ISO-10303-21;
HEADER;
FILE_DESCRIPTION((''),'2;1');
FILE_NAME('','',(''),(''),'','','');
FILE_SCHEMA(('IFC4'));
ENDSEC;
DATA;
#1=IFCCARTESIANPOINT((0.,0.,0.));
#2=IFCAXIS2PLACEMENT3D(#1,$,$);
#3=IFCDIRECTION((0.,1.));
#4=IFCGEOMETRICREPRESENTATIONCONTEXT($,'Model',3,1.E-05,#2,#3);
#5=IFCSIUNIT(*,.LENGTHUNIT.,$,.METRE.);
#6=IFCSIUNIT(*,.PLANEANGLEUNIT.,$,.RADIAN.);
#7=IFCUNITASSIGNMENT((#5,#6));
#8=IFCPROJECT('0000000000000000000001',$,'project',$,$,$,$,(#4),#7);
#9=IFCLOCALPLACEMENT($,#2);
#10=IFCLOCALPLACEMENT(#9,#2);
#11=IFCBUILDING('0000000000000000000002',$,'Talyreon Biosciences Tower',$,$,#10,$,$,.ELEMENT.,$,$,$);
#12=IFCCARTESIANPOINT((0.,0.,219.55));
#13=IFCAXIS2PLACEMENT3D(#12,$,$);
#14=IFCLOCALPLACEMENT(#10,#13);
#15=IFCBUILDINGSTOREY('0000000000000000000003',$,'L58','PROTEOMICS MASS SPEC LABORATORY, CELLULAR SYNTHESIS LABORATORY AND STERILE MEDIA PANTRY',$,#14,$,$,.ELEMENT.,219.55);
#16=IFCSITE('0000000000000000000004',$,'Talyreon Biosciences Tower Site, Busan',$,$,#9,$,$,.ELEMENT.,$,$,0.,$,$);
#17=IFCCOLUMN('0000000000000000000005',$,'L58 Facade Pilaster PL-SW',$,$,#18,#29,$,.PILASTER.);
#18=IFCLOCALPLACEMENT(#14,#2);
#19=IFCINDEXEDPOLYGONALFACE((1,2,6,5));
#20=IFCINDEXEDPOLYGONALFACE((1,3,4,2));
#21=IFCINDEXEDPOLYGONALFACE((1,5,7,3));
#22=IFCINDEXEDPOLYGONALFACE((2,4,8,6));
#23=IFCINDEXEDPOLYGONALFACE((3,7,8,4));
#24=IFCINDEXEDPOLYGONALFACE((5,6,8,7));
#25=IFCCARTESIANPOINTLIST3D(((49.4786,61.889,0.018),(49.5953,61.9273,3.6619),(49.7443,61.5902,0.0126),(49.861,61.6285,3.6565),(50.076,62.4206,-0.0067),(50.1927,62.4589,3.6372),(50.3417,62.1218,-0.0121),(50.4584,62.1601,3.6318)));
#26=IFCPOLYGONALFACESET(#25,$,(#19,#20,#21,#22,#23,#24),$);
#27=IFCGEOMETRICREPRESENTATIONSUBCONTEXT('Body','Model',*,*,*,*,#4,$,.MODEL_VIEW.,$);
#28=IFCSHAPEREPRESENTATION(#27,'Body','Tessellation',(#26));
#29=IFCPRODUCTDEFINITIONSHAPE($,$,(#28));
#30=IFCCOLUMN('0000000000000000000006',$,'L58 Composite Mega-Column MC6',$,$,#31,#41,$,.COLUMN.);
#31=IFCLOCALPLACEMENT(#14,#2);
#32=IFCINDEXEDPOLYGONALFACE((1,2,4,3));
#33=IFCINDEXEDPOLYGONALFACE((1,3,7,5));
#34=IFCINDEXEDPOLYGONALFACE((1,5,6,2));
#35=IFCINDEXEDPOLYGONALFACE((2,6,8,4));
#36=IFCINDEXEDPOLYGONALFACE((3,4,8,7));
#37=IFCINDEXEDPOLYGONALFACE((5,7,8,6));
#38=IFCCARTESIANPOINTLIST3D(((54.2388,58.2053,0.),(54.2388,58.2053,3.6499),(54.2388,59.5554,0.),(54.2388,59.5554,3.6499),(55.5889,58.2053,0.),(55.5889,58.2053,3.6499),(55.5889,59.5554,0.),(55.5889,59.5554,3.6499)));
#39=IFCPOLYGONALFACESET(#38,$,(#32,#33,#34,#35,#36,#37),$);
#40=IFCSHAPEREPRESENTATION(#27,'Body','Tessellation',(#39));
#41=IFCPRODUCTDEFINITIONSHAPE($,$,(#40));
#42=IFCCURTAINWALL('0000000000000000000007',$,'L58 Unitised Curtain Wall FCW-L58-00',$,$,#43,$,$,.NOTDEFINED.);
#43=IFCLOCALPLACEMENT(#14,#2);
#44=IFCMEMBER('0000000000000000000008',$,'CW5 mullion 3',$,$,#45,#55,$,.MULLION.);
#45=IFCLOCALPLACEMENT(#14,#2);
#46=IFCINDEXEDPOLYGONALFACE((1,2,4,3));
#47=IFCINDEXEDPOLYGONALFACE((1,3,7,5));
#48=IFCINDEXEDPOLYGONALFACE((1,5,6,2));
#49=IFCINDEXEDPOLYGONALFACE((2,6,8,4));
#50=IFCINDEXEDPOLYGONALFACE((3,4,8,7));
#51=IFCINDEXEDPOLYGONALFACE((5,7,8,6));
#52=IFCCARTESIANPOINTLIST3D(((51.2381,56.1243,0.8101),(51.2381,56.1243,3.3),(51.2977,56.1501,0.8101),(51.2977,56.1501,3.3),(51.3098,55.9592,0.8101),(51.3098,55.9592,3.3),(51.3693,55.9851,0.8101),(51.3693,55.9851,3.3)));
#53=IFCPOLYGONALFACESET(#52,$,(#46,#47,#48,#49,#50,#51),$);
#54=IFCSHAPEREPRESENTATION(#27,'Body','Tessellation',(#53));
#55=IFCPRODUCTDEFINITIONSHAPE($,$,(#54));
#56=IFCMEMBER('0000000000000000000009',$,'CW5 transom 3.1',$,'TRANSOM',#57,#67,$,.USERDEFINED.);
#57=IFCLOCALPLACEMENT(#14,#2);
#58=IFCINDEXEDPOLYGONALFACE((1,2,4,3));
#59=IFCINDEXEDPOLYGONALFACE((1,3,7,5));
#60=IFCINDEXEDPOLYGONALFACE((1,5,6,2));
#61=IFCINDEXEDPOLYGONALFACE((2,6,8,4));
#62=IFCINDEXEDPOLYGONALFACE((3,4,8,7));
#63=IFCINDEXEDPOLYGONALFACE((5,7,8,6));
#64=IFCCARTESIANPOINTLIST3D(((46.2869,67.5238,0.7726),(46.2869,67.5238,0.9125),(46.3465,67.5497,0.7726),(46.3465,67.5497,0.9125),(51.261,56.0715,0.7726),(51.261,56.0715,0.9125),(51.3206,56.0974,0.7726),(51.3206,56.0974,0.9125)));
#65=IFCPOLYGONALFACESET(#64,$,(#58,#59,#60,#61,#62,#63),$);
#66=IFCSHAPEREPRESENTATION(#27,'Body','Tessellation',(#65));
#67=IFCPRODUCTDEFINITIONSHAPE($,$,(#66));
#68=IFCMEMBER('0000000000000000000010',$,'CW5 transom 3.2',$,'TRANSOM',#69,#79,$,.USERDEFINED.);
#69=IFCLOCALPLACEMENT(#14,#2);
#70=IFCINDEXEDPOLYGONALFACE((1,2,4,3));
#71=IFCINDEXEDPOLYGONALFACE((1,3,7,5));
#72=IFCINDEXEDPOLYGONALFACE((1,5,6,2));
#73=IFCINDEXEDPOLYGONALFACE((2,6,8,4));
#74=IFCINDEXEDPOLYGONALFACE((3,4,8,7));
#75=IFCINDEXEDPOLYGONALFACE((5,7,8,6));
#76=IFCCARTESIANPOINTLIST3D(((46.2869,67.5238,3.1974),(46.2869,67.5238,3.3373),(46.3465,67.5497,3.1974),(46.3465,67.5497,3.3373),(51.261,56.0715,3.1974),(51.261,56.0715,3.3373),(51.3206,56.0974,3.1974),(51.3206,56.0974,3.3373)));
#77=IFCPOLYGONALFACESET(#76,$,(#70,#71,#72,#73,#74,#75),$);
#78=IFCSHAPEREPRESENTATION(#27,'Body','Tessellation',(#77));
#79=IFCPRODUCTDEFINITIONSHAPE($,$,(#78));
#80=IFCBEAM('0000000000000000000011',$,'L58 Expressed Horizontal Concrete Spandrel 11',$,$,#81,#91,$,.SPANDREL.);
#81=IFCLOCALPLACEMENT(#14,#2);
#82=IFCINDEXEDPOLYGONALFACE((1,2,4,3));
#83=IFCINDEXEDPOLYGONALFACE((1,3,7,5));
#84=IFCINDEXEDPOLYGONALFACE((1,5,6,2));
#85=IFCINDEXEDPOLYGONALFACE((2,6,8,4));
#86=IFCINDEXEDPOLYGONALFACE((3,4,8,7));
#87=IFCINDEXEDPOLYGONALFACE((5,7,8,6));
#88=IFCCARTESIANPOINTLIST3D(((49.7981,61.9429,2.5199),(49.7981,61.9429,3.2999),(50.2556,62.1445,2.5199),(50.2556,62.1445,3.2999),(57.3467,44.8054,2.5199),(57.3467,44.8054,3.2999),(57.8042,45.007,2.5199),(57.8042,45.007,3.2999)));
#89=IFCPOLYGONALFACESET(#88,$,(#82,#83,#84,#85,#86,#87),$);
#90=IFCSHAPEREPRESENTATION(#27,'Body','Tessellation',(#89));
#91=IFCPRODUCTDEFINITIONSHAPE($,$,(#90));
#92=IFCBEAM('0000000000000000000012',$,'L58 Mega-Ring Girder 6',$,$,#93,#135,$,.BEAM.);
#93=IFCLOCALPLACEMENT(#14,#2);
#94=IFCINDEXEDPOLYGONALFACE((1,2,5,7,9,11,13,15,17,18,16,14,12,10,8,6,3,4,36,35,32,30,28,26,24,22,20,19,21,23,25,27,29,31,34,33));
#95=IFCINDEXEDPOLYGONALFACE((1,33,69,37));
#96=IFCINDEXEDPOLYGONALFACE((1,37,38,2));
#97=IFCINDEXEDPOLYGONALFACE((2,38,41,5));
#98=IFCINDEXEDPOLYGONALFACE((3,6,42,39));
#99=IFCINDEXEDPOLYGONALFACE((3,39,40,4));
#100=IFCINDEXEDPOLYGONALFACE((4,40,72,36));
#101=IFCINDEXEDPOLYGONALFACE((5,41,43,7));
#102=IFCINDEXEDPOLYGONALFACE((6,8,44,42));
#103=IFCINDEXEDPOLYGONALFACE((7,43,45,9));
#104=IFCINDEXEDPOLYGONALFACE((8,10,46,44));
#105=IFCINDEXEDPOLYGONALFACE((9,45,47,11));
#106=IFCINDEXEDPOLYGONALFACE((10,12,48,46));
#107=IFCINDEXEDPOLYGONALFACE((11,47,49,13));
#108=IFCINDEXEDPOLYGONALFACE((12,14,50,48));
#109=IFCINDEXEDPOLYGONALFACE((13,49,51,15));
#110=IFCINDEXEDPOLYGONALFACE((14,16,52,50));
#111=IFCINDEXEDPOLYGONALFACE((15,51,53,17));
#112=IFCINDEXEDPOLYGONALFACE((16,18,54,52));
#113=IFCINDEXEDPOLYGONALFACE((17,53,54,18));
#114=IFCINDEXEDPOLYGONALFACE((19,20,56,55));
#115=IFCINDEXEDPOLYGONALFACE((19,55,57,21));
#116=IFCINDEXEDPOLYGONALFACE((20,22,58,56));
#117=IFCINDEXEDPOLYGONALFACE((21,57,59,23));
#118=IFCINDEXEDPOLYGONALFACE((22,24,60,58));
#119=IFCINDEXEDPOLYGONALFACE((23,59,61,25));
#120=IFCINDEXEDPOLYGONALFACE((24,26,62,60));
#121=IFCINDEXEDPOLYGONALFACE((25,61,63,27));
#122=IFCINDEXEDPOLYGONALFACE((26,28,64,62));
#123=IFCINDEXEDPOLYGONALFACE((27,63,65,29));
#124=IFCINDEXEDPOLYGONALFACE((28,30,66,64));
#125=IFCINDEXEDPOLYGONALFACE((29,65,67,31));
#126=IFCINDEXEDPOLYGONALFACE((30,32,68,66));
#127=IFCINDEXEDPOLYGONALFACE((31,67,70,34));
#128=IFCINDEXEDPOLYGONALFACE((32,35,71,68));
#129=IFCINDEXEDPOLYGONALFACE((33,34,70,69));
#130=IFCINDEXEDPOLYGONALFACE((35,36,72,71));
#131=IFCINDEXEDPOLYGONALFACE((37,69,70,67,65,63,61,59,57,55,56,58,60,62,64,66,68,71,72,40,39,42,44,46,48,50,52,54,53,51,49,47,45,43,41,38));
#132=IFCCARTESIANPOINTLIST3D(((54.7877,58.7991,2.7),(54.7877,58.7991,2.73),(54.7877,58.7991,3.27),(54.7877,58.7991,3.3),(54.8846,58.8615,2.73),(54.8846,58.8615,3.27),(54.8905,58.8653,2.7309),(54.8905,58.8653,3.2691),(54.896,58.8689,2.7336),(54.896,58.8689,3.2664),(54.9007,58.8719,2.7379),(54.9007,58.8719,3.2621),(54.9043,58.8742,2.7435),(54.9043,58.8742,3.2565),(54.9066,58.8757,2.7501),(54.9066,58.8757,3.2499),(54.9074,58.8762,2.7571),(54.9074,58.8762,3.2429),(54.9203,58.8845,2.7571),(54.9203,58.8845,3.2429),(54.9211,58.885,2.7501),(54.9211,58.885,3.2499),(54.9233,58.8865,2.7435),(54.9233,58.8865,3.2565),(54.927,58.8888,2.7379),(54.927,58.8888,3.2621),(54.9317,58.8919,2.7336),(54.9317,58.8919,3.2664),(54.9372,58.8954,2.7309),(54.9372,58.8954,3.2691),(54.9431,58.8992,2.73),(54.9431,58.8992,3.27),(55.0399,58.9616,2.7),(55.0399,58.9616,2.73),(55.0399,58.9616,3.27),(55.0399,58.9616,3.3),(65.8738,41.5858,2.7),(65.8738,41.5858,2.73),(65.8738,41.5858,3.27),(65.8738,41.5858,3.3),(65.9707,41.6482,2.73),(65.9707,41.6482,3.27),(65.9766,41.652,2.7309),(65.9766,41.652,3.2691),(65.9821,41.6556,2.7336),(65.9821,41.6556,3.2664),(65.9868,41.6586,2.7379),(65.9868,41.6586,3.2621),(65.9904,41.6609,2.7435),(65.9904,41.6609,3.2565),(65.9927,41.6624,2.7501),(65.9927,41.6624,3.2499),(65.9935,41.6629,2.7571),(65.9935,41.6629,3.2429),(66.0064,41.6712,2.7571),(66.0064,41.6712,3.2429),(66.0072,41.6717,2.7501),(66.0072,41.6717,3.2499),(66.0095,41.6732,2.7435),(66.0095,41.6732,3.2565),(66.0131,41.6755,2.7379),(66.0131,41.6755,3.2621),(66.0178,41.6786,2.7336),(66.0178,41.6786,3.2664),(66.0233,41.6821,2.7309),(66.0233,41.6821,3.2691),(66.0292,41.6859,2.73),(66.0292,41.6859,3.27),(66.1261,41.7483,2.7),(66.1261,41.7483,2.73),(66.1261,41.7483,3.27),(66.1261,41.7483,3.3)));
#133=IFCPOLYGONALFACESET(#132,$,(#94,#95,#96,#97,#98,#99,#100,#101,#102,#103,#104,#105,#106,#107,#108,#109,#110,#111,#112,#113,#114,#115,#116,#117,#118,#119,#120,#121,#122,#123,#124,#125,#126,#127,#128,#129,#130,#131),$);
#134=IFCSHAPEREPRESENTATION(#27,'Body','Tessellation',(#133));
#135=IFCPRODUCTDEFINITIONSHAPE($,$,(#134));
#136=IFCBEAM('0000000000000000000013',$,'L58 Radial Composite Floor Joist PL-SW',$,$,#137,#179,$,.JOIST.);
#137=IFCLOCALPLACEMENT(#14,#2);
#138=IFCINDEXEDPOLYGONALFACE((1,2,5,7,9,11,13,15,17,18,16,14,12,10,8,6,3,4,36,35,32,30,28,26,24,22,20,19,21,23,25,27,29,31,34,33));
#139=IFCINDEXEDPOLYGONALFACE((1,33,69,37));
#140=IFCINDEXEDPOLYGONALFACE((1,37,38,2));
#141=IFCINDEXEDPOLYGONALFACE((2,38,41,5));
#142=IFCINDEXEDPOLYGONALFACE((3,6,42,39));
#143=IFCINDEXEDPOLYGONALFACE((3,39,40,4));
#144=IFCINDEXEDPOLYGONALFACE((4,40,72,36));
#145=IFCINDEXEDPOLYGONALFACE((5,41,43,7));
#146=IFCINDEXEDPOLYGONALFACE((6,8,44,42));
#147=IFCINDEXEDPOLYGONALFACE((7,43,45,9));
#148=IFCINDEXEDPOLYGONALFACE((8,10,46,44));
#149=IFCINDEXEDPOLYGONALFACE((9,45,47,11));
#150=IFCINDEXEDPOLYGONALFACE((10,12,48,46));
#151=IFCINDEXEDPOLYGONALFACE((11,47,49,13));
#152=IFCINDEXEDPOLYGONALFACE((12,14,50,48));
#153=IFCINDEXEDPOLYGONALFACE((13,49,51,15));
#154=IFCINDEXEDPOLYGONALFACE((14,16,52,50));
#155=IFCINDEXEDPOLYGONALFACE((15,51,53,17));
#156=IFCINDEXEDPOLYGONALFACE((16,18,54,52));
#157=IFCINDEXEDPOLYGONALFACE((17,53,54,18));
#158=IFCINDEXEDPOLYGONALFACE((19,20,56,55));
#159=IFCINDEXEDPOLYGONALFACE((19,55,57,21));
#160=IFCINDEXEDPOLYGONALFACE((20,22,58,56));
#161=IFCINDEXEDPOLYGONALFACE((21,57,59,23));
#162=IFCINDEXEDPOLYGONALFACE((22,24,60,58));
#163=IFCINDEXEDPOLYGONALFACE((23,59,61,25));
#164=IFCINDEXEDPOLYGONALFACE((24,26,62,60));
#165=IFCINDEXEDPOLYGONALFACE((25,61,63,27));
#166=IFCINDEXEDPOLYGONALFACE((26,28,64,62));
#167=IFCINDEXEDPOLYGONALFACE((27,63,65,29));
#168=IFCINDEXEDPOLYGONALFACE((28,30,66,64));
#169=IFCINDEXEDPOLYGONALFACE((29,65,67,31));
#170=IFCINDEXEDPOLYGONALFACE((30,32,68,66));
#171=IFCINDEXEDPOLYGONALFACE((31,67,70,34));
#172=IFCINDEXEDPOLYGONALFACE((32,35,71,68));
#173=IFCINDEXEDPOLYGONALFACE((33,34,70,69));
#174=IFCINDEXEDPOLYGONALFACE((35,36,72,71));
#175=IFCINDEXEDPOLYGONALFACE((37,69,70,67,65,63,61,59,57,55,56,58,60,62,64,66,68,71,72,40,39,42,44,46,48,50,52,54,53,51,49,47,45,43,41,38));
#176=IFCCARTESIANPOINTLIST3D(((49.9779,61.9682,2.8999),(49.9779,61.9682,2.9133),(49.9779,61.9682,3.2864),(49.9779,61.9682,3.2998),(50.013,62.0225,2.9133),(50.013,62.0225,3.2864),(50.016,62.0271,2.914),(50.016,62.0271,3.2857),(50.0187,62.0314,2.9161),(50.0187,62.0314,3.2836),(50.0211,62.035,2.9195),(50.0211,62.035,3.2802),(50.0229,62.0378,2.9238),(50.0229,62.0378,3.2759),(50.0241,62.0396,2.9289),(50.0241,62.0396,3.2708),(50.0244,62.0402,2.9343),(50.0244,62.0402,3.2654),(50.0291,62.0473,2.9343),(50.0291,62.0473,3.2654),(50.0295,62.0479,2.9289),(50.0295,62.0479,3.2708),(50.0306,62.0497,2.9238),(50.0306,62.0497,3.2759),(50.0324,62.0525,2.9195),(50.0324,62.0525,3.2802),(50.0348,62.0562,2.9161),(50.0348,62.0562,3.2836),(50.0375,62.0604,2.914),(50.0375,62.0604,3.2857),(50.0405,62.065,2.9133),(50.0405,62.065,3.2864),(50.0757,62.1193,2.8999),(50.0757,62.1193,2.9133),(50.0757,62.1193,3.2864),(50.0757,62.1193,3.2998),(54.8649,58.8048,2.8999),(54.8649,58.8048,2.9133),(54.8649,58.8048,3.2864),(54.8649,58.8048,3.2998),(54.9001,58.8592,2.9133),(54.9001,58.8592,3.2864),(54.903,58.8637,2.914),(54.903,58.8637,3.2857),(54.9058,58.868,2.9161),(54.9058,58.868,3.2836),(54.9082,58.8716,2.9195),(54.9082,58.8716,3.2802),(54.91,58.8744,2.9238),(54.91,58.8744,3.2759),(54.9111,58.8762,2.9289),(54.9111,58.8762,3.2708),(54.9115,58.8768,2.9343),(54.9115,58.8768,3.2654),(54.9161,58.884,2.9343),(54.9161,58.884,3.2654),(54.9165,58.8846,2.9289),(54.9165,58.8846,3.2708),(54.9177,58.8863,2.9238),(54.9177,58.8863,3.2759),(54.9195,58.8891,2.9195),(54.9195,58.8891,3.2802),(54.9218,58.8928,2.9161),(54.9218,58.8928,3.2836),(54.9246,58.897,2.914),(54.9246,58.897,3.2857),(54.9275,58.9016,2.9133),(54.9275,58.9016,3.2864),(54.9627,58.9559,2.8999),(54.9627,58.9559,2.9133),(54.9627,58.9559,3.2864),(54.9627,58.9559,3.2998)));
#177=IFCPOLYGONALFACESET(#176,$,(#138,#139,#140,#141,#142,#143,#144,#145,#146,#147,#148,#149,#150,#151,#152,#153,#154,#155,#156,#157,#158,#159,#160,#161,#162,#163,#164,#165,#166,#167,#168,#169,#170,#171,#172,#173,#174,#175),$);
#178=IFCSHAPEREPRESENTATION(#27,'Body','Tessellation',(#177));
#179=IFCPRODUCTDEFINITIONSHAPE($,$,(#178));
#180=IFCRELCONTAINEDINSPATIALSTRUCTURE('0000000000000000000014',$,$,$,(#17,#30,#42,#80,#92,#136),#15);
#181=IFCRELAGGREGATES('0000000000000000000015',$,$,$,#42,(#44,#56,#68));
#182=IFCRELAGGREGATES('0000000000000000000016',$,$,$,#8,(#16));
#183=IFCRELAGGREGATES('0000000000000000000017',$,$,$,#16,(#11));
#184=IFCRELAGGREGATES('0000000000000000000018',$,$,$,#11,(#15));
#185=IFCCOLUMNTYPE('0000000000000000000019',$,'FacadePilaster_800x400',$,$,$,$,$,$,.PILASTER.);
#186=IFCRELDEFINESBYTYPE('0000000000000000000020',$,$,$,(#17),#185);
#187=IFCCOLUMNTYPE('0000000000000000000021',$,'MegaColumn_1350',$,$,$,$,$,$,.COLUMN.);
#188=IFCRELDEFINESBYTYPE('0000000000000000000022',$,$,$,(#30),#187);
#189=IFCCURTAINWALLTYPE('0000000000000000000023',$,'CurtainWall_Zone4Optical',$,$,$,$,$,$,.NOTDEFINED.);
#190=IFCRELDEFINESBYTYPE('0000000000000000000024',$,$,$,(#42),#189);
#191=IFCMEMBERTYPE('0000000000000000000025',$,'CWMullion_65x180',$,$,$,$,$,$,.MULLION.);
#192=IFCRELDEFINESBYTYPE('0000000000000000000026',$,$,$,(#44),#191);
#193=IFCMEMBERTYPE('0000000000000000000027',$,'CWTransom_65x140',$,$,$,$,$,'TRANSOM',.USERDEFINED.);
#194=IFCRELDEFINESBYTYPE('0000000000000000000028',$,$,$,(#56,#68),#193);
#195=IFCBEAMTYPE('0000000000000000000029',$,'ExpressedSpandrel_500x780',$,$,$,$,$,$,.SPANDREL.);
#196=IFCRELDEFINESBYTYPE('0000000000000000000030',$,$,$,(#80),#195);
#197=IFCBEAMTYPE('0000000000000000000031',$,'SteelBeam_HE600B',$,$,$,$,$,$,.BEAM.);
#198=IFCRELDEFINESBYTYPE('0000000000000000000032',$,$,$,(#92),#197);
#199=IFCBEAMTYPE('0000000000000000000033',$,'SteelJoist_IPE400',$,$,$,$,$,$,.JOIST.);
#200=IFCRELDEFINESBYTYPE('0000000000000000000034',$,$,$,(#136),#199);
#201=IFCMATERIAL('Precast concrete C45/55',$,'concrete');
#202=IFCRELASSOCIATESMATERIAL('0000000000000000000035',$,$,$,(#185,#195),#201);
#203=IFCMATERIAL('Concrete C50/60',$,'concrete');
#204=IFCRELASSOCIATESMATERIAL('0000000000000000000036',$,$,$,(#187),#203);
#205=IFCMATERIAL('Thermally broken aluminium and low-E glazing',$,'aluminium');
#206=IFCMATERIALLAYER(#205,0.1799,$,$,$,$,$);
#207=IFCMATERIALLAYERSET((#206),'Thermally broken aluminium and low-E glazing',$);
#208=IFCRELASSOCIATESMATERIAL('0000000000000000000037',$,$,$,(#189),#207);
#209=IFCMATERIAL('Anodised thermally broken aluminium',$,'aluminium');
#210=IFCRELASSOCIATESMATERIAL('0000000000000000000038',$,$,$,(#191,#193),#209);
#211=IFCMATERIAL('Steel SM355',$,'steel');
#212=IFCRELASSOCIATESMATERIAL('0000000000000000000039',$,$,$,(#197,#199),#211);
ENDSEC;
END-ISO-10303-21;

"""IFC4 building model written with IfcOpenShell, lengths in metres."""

from ifc_helpers import new_model, si_unit, direction, frame, origin, origin_2d, place, context, subcontext, project, spatial, rectangle, i_section, extrude, material, layer, layer_set, material_profile, profile_set, type_object, element, aggregate, save


model = new_model("IFC4")

# Units and contexts
model_context = context("Model", 3, precision=1e-05, world=origin(), true_north=direction((0.0, 1.0)))
body_context = subcontext(model_context, "Body", "Model", "MODEL_VIEW")
ifc_project = project(units=[si_unit("LENGTHUNIT", "METRE"), si_unit("PLANEANGLEUNIT", "RADIAN")], contexts=[model_context])

# Site, building, storey
site_placement = place(None, origin())
site = spatial("IfcSite", under=ifc_project, at=site_placement, Name="Talyreon Biosciences Tower Site, Busan", CompositionType="ELEMENT", RefElevation=0.0)
building_placement = place(site_placement, origin())
building = spatial("IfcBuilding", under=site, at=building_placement, Name="Talyreon Biosciences Tower", CompositionType="ELEMENT")
storey_placement = place(building_placement, frame((0.0, 0.0, 219.55)))
storey = spatial("IfcBuildingStorey", under=building, at=storey_placement, Name="L58", Description="PROTEOMICS MASS SPEC LABORATORY, CELLULAR SYNTHESIS LABORATORY AND STERILE MEDIA PANTRY", CompositionType="ELEMENT", Elevation=219.55)

# Columns
ifc_material_1 = material(Name="Precast concrete C45/55", Category="concrete")
ifc_material_profile_1 = material_profile(ifc_material_1, rectangle(XDim=0.8, YDim=0.3999, at=origin_2d()), Name="RC 800x400")
ifc_profile_set_1 = profile_set([ifc_material_profile_1], Name="Precast concrete C45/55")
column_type_1 = type_object("IfcColumnType", Name="FacadePilaster_800x400", PredefinedType="PILASTER", material=ifc_profile_set_1)
column_1_placement = place(storey_placement, frame((49.9102, 62.0054, 0.0029), z_axis=(0.032006, 0.010513, 0.999432), x_axis=(0.746679, 0.664466, -0.030901)))
element("IfcColumn", 1, at=column_1_placement, inside=storey, type_object=column_type_1, Name="L58 Facade Pilaster PL-SW", PredefinedType="PILASTER", context=body_context, shape_type="SweptSolid", body=[
    extrude(rectangle(XDim=0.8, YDim=0.3999, at=origin_2d()), origin(), (0.0, 0.0, 1.0), 3.646),
])
ifc_material_2 = material(Name="Concrete C50/60", Category="concrete")
ifc_material_profile_2 = material_profile(ifc_material_2, rectangle(XDim=1.3501, YDim=1.3501, at=origin_2d()), Name="RC 1350x1350")
ifc_profile_set_2 = profile_set([ifc_material_profile_2], Name="Concrete C50/60")
column_type_2 = type_object("IfcColumnType", Name="MegaColumn_1350", PredefinedType="COLUMN", material=ifc_profile_set_2)
column_2_placement = place(storey_placement, frame((54.9138, 58.8804, 0.0), z_axis=(0.0, 0.0, 1.0), x_axis=(1.0, 0.0, 0.0)))
element("IfcColumn", 2, at=column_2_placement, inside=storey, type_object=column_type_2, Name="L58 Composite Mega-Column MC6", PredefinedType="COLUMN", context=body_context, shape_type="SweptSolid", body=[
    extrude(rectangle(XDim=1.3501, YDim=1.3501, at=origin_2d()), origin(), (0.0, 0.0, 1.0), 3.6499),
])

# Curtain wall, members
ifc_material_3 = material(Name="Thermally broken aluminium and low-E glazing", Category="aluminium")
ifc_layer_1 = layer(ifc_material_3, 0.1799)
ifc_layer_set_1 = layer_set([ifc_layer_1], Name="Thermally broken aluminium and low-E glazing")
curtain_wall_type = type_object("IfcCurtainWallType", Name="CurtainWall_Zone4Optical", PredefinedType="NOTDEFINED", material=ifc_layer_set_1)
curtain_wall_placement = place(storey_placement, origin())
curtain_wall = element("IfcCurtainWall", 3, at=curtain_wall_placement, inside=storey, type_object=curtain_wall_type, Name="L58 Unitised Curtain Wall FCW-L58-00", PredefinedType="NOTDEFINED")
ifc_material_4 = material(Name="Anodised thermally broken aluminium", Category="aluminium")
ifc_material_profile_3 = material_profile(ifc_material_4, rectangle(XDim=0.0649, YDim=0.1799, at=origin_2d()), Name="ALUM MULLION 65x180")
ifc_profile_set_3 = profile_set([ifc_material_profile_3], Name="Anodised thermally broken aluminium")
member_type_1 = type_object("IfcMemberType", Name="CWMullion_65x180", PredefinedType="MULLION", material=ifc_profile_set_3)
member_1_placement = place(storey_placement, frame((51.3037, 56.0547, 0.8101), z_axis=(0.0, 0.0, 1.0), x_axis=(-0.917222, -0.398376, 0.0)))
member_1 = element("IfcMember", 4, at=member_1_placement, type_object=member_type_1, Name="CW5 mullion 3", PredefinedType="MULLION", context=body_context, shape_type="SweptSolid", body=[
    extrude(rectangle(XDim=0.0649, YDim=0.1799, at=origin_2d()), origin(), (0.0, 0.0, 1.0), 2.49),
])
ifc_material_profile_4 = material_profile(ifc_material_4, rectangle(XDim=0.0649, YDim=0.1399, at=origin_2d()), Name="ALUM TRANSOM 65x140")
ifc_profile_set_4 = profile_set([ifc_material_profile_4], Name="Anodised thermally broken aluminium")
member_type_2 = type_object("IfcMemberType", Name="CWTransom_65x140", ElementType="TRANSOM", PredefinedType="USERDEFINED", material=ifc_profile_set_4)
member_2_placement = place(storey_placement, frame((51.2908, 56.0845, 0.8425), z_axis=(-0.398377, 0.917222, 0.0), x_axis=(-0.917222, -0.398377, 0.0)))
member_2 = element("IfcMember", 5, at=member_2_placement, type_object=member_type_2, Name="CW5 transom 3.1", ObjectType="TRANSOM", PredefinedType="USERDEFINED", context=body_context, shape_type="SweptSolid", body=[
    extrude(rectangle(XDim=0.0649, YDim=0.1399, at=origin_2d()), origin(), (0.0, 0.0, 1.0), 12.4858),
])
member_3_placement = place(storey_placement, frame((51.2908, 56.0845, 3.2673), z_axis=(-0.398377, 0.917222, 0.0), x_axis=(-0.917222, -0.398377, 0.0)))
member_3 = element("IfcMember", 6, at=member_3_placement, type_object=member_type_2, Name="CW5 transom 3.2", ObjectType="TRANSOM", PredefinedType="USERDEFINED", context=body_context, shape_type="SweptSolid", body=[
    extrude(rectangle(XDim=0.0649, YDim=0.1399, at=origin_2d()), origin(), (0.0, 0.0, 1.0), 12.4858),
])

# Beams
ifc_material_profile_5 = material_profile(ifc_material_1, rectangle(XDim=0.5, YDim=0.78, at=origin_2d()), Name="RCB 500x780")
ifc_profile_set_5 = profile_set([ifc_material_profile_5], Name="Precast concrete C45/55")
beam_type_1 = type_object("IfcBeamType", Name="ExpressedSpandrel_500x780", PredefinedType="SPANDREL", material=ifc_profile_set_5)
beam_1_placement = place(storey_placement, frame((50.0269, 62.0437, 2.9099), z_axis=(0.403101, -0.915155, 0.0), x_axis=(0.915155, 0.403101, 0.0)))
element("IfcBeam", 7, at=beam_1_placement, inside=storey, type_object=beam_type_1, Name="L58 Expressed Horizontal Concrete Spandrel 11", PredefinedType="SPANDREL", context=body_context, shape_type="SweptSolid", body=[
    extrude(rectangle(XDim=0.5, YDim=0.78, at=origin_2d()), origin(), (0.0, 0.0, 1.0), 18.7263),
])
ifc_material_5 = material(Name="Steel SM355", Category="steel")
ifc_material_profile_6 = material_profile(ifc_material_5, i_section(OverallWidth=0.3, OverallDepth=0.6001, WebThickness=0.0154, FlangeThickness=0.03, FilletRadius=0.0271, at=origin_2d()), Name="HE600B")
ifc_profile_set_6 = profile_set([ifc_material_profile_6], Name="Steel SM355")
beam_type_2 = type_object("IfcBeamType", Name="SteelBeam_HE600B", PredefinedType="BEAM", material=ifc_profile_set_6)
beam_2_placement = place(storey_placement, frame((54.9138, 58.8804, 3.0), z_axis=(0.541464, -0.840724, 0.0), x_axis=(0.840724, 0.541464, 0.0)))
element("IfcBeam", 8, at=beam_2_placement, inside=storey, type_object=beam_type_2, Name="L58 Mega-Ring Girder 6", PredefinedType="BEAM", context=body_context, shape_type="SweptSolid", body=[
    extrude(i_section(OverallWidth=0.3, OverallDepth=0.6001, WebThickness=0.0154, FlangeThickness=0.03, FilletRadius=0.0271, at=origin_2d()), origin(), (0.0, 0.0, 1.0), 20.4744),
])
ifc_material_profile_7 = material_profile(ifc_material_5, i_section(OverallWidth=0.1799, OverallDepth=0.3999, WebThickness=0.0085, FlangeThickness=0.0134, FilletRadius=0.021, at=origin_2d()), Name="IPE400")
ifc_profile_set_7 = profile_set([ifc_material_profile_7], Name="Steel SM355")
beam_type_3 = type_object("IfcBeamType", Name="SteelJoist_IPE400", PredefinedType="JOIST", material=ifc_profile_set_7)
beam_3_placement = place(storey_placement, frame((54.9138, 58.8804, 3.0999), z_axis=(-0.839478, 0.543394, 0.0), x_axis=(-0.543394, -0.839478, 0.0)))
element("IfcBeam", 9, at=beam_3_placement, inside=storey, type_object=beam_type_3, Name="L58 Radial Composite Floor Joist PL-SW", PredefinedType="JOIST", context=body_context, shape_type="SweptSolid", body=[
    extrude(i_section(OverallWidth=0.1799, OverallDepth=0.3999, WebThickness=0.0085, FlangeThickness=0.0134, FilletRadius=0.021, at=origin_2d()), origin(), (0.0, 0.0, 1.0), 5.8215),
])

aggregate(curtain_wall, [member_1, member_2, member_3])

save(model, "model.ifc")
